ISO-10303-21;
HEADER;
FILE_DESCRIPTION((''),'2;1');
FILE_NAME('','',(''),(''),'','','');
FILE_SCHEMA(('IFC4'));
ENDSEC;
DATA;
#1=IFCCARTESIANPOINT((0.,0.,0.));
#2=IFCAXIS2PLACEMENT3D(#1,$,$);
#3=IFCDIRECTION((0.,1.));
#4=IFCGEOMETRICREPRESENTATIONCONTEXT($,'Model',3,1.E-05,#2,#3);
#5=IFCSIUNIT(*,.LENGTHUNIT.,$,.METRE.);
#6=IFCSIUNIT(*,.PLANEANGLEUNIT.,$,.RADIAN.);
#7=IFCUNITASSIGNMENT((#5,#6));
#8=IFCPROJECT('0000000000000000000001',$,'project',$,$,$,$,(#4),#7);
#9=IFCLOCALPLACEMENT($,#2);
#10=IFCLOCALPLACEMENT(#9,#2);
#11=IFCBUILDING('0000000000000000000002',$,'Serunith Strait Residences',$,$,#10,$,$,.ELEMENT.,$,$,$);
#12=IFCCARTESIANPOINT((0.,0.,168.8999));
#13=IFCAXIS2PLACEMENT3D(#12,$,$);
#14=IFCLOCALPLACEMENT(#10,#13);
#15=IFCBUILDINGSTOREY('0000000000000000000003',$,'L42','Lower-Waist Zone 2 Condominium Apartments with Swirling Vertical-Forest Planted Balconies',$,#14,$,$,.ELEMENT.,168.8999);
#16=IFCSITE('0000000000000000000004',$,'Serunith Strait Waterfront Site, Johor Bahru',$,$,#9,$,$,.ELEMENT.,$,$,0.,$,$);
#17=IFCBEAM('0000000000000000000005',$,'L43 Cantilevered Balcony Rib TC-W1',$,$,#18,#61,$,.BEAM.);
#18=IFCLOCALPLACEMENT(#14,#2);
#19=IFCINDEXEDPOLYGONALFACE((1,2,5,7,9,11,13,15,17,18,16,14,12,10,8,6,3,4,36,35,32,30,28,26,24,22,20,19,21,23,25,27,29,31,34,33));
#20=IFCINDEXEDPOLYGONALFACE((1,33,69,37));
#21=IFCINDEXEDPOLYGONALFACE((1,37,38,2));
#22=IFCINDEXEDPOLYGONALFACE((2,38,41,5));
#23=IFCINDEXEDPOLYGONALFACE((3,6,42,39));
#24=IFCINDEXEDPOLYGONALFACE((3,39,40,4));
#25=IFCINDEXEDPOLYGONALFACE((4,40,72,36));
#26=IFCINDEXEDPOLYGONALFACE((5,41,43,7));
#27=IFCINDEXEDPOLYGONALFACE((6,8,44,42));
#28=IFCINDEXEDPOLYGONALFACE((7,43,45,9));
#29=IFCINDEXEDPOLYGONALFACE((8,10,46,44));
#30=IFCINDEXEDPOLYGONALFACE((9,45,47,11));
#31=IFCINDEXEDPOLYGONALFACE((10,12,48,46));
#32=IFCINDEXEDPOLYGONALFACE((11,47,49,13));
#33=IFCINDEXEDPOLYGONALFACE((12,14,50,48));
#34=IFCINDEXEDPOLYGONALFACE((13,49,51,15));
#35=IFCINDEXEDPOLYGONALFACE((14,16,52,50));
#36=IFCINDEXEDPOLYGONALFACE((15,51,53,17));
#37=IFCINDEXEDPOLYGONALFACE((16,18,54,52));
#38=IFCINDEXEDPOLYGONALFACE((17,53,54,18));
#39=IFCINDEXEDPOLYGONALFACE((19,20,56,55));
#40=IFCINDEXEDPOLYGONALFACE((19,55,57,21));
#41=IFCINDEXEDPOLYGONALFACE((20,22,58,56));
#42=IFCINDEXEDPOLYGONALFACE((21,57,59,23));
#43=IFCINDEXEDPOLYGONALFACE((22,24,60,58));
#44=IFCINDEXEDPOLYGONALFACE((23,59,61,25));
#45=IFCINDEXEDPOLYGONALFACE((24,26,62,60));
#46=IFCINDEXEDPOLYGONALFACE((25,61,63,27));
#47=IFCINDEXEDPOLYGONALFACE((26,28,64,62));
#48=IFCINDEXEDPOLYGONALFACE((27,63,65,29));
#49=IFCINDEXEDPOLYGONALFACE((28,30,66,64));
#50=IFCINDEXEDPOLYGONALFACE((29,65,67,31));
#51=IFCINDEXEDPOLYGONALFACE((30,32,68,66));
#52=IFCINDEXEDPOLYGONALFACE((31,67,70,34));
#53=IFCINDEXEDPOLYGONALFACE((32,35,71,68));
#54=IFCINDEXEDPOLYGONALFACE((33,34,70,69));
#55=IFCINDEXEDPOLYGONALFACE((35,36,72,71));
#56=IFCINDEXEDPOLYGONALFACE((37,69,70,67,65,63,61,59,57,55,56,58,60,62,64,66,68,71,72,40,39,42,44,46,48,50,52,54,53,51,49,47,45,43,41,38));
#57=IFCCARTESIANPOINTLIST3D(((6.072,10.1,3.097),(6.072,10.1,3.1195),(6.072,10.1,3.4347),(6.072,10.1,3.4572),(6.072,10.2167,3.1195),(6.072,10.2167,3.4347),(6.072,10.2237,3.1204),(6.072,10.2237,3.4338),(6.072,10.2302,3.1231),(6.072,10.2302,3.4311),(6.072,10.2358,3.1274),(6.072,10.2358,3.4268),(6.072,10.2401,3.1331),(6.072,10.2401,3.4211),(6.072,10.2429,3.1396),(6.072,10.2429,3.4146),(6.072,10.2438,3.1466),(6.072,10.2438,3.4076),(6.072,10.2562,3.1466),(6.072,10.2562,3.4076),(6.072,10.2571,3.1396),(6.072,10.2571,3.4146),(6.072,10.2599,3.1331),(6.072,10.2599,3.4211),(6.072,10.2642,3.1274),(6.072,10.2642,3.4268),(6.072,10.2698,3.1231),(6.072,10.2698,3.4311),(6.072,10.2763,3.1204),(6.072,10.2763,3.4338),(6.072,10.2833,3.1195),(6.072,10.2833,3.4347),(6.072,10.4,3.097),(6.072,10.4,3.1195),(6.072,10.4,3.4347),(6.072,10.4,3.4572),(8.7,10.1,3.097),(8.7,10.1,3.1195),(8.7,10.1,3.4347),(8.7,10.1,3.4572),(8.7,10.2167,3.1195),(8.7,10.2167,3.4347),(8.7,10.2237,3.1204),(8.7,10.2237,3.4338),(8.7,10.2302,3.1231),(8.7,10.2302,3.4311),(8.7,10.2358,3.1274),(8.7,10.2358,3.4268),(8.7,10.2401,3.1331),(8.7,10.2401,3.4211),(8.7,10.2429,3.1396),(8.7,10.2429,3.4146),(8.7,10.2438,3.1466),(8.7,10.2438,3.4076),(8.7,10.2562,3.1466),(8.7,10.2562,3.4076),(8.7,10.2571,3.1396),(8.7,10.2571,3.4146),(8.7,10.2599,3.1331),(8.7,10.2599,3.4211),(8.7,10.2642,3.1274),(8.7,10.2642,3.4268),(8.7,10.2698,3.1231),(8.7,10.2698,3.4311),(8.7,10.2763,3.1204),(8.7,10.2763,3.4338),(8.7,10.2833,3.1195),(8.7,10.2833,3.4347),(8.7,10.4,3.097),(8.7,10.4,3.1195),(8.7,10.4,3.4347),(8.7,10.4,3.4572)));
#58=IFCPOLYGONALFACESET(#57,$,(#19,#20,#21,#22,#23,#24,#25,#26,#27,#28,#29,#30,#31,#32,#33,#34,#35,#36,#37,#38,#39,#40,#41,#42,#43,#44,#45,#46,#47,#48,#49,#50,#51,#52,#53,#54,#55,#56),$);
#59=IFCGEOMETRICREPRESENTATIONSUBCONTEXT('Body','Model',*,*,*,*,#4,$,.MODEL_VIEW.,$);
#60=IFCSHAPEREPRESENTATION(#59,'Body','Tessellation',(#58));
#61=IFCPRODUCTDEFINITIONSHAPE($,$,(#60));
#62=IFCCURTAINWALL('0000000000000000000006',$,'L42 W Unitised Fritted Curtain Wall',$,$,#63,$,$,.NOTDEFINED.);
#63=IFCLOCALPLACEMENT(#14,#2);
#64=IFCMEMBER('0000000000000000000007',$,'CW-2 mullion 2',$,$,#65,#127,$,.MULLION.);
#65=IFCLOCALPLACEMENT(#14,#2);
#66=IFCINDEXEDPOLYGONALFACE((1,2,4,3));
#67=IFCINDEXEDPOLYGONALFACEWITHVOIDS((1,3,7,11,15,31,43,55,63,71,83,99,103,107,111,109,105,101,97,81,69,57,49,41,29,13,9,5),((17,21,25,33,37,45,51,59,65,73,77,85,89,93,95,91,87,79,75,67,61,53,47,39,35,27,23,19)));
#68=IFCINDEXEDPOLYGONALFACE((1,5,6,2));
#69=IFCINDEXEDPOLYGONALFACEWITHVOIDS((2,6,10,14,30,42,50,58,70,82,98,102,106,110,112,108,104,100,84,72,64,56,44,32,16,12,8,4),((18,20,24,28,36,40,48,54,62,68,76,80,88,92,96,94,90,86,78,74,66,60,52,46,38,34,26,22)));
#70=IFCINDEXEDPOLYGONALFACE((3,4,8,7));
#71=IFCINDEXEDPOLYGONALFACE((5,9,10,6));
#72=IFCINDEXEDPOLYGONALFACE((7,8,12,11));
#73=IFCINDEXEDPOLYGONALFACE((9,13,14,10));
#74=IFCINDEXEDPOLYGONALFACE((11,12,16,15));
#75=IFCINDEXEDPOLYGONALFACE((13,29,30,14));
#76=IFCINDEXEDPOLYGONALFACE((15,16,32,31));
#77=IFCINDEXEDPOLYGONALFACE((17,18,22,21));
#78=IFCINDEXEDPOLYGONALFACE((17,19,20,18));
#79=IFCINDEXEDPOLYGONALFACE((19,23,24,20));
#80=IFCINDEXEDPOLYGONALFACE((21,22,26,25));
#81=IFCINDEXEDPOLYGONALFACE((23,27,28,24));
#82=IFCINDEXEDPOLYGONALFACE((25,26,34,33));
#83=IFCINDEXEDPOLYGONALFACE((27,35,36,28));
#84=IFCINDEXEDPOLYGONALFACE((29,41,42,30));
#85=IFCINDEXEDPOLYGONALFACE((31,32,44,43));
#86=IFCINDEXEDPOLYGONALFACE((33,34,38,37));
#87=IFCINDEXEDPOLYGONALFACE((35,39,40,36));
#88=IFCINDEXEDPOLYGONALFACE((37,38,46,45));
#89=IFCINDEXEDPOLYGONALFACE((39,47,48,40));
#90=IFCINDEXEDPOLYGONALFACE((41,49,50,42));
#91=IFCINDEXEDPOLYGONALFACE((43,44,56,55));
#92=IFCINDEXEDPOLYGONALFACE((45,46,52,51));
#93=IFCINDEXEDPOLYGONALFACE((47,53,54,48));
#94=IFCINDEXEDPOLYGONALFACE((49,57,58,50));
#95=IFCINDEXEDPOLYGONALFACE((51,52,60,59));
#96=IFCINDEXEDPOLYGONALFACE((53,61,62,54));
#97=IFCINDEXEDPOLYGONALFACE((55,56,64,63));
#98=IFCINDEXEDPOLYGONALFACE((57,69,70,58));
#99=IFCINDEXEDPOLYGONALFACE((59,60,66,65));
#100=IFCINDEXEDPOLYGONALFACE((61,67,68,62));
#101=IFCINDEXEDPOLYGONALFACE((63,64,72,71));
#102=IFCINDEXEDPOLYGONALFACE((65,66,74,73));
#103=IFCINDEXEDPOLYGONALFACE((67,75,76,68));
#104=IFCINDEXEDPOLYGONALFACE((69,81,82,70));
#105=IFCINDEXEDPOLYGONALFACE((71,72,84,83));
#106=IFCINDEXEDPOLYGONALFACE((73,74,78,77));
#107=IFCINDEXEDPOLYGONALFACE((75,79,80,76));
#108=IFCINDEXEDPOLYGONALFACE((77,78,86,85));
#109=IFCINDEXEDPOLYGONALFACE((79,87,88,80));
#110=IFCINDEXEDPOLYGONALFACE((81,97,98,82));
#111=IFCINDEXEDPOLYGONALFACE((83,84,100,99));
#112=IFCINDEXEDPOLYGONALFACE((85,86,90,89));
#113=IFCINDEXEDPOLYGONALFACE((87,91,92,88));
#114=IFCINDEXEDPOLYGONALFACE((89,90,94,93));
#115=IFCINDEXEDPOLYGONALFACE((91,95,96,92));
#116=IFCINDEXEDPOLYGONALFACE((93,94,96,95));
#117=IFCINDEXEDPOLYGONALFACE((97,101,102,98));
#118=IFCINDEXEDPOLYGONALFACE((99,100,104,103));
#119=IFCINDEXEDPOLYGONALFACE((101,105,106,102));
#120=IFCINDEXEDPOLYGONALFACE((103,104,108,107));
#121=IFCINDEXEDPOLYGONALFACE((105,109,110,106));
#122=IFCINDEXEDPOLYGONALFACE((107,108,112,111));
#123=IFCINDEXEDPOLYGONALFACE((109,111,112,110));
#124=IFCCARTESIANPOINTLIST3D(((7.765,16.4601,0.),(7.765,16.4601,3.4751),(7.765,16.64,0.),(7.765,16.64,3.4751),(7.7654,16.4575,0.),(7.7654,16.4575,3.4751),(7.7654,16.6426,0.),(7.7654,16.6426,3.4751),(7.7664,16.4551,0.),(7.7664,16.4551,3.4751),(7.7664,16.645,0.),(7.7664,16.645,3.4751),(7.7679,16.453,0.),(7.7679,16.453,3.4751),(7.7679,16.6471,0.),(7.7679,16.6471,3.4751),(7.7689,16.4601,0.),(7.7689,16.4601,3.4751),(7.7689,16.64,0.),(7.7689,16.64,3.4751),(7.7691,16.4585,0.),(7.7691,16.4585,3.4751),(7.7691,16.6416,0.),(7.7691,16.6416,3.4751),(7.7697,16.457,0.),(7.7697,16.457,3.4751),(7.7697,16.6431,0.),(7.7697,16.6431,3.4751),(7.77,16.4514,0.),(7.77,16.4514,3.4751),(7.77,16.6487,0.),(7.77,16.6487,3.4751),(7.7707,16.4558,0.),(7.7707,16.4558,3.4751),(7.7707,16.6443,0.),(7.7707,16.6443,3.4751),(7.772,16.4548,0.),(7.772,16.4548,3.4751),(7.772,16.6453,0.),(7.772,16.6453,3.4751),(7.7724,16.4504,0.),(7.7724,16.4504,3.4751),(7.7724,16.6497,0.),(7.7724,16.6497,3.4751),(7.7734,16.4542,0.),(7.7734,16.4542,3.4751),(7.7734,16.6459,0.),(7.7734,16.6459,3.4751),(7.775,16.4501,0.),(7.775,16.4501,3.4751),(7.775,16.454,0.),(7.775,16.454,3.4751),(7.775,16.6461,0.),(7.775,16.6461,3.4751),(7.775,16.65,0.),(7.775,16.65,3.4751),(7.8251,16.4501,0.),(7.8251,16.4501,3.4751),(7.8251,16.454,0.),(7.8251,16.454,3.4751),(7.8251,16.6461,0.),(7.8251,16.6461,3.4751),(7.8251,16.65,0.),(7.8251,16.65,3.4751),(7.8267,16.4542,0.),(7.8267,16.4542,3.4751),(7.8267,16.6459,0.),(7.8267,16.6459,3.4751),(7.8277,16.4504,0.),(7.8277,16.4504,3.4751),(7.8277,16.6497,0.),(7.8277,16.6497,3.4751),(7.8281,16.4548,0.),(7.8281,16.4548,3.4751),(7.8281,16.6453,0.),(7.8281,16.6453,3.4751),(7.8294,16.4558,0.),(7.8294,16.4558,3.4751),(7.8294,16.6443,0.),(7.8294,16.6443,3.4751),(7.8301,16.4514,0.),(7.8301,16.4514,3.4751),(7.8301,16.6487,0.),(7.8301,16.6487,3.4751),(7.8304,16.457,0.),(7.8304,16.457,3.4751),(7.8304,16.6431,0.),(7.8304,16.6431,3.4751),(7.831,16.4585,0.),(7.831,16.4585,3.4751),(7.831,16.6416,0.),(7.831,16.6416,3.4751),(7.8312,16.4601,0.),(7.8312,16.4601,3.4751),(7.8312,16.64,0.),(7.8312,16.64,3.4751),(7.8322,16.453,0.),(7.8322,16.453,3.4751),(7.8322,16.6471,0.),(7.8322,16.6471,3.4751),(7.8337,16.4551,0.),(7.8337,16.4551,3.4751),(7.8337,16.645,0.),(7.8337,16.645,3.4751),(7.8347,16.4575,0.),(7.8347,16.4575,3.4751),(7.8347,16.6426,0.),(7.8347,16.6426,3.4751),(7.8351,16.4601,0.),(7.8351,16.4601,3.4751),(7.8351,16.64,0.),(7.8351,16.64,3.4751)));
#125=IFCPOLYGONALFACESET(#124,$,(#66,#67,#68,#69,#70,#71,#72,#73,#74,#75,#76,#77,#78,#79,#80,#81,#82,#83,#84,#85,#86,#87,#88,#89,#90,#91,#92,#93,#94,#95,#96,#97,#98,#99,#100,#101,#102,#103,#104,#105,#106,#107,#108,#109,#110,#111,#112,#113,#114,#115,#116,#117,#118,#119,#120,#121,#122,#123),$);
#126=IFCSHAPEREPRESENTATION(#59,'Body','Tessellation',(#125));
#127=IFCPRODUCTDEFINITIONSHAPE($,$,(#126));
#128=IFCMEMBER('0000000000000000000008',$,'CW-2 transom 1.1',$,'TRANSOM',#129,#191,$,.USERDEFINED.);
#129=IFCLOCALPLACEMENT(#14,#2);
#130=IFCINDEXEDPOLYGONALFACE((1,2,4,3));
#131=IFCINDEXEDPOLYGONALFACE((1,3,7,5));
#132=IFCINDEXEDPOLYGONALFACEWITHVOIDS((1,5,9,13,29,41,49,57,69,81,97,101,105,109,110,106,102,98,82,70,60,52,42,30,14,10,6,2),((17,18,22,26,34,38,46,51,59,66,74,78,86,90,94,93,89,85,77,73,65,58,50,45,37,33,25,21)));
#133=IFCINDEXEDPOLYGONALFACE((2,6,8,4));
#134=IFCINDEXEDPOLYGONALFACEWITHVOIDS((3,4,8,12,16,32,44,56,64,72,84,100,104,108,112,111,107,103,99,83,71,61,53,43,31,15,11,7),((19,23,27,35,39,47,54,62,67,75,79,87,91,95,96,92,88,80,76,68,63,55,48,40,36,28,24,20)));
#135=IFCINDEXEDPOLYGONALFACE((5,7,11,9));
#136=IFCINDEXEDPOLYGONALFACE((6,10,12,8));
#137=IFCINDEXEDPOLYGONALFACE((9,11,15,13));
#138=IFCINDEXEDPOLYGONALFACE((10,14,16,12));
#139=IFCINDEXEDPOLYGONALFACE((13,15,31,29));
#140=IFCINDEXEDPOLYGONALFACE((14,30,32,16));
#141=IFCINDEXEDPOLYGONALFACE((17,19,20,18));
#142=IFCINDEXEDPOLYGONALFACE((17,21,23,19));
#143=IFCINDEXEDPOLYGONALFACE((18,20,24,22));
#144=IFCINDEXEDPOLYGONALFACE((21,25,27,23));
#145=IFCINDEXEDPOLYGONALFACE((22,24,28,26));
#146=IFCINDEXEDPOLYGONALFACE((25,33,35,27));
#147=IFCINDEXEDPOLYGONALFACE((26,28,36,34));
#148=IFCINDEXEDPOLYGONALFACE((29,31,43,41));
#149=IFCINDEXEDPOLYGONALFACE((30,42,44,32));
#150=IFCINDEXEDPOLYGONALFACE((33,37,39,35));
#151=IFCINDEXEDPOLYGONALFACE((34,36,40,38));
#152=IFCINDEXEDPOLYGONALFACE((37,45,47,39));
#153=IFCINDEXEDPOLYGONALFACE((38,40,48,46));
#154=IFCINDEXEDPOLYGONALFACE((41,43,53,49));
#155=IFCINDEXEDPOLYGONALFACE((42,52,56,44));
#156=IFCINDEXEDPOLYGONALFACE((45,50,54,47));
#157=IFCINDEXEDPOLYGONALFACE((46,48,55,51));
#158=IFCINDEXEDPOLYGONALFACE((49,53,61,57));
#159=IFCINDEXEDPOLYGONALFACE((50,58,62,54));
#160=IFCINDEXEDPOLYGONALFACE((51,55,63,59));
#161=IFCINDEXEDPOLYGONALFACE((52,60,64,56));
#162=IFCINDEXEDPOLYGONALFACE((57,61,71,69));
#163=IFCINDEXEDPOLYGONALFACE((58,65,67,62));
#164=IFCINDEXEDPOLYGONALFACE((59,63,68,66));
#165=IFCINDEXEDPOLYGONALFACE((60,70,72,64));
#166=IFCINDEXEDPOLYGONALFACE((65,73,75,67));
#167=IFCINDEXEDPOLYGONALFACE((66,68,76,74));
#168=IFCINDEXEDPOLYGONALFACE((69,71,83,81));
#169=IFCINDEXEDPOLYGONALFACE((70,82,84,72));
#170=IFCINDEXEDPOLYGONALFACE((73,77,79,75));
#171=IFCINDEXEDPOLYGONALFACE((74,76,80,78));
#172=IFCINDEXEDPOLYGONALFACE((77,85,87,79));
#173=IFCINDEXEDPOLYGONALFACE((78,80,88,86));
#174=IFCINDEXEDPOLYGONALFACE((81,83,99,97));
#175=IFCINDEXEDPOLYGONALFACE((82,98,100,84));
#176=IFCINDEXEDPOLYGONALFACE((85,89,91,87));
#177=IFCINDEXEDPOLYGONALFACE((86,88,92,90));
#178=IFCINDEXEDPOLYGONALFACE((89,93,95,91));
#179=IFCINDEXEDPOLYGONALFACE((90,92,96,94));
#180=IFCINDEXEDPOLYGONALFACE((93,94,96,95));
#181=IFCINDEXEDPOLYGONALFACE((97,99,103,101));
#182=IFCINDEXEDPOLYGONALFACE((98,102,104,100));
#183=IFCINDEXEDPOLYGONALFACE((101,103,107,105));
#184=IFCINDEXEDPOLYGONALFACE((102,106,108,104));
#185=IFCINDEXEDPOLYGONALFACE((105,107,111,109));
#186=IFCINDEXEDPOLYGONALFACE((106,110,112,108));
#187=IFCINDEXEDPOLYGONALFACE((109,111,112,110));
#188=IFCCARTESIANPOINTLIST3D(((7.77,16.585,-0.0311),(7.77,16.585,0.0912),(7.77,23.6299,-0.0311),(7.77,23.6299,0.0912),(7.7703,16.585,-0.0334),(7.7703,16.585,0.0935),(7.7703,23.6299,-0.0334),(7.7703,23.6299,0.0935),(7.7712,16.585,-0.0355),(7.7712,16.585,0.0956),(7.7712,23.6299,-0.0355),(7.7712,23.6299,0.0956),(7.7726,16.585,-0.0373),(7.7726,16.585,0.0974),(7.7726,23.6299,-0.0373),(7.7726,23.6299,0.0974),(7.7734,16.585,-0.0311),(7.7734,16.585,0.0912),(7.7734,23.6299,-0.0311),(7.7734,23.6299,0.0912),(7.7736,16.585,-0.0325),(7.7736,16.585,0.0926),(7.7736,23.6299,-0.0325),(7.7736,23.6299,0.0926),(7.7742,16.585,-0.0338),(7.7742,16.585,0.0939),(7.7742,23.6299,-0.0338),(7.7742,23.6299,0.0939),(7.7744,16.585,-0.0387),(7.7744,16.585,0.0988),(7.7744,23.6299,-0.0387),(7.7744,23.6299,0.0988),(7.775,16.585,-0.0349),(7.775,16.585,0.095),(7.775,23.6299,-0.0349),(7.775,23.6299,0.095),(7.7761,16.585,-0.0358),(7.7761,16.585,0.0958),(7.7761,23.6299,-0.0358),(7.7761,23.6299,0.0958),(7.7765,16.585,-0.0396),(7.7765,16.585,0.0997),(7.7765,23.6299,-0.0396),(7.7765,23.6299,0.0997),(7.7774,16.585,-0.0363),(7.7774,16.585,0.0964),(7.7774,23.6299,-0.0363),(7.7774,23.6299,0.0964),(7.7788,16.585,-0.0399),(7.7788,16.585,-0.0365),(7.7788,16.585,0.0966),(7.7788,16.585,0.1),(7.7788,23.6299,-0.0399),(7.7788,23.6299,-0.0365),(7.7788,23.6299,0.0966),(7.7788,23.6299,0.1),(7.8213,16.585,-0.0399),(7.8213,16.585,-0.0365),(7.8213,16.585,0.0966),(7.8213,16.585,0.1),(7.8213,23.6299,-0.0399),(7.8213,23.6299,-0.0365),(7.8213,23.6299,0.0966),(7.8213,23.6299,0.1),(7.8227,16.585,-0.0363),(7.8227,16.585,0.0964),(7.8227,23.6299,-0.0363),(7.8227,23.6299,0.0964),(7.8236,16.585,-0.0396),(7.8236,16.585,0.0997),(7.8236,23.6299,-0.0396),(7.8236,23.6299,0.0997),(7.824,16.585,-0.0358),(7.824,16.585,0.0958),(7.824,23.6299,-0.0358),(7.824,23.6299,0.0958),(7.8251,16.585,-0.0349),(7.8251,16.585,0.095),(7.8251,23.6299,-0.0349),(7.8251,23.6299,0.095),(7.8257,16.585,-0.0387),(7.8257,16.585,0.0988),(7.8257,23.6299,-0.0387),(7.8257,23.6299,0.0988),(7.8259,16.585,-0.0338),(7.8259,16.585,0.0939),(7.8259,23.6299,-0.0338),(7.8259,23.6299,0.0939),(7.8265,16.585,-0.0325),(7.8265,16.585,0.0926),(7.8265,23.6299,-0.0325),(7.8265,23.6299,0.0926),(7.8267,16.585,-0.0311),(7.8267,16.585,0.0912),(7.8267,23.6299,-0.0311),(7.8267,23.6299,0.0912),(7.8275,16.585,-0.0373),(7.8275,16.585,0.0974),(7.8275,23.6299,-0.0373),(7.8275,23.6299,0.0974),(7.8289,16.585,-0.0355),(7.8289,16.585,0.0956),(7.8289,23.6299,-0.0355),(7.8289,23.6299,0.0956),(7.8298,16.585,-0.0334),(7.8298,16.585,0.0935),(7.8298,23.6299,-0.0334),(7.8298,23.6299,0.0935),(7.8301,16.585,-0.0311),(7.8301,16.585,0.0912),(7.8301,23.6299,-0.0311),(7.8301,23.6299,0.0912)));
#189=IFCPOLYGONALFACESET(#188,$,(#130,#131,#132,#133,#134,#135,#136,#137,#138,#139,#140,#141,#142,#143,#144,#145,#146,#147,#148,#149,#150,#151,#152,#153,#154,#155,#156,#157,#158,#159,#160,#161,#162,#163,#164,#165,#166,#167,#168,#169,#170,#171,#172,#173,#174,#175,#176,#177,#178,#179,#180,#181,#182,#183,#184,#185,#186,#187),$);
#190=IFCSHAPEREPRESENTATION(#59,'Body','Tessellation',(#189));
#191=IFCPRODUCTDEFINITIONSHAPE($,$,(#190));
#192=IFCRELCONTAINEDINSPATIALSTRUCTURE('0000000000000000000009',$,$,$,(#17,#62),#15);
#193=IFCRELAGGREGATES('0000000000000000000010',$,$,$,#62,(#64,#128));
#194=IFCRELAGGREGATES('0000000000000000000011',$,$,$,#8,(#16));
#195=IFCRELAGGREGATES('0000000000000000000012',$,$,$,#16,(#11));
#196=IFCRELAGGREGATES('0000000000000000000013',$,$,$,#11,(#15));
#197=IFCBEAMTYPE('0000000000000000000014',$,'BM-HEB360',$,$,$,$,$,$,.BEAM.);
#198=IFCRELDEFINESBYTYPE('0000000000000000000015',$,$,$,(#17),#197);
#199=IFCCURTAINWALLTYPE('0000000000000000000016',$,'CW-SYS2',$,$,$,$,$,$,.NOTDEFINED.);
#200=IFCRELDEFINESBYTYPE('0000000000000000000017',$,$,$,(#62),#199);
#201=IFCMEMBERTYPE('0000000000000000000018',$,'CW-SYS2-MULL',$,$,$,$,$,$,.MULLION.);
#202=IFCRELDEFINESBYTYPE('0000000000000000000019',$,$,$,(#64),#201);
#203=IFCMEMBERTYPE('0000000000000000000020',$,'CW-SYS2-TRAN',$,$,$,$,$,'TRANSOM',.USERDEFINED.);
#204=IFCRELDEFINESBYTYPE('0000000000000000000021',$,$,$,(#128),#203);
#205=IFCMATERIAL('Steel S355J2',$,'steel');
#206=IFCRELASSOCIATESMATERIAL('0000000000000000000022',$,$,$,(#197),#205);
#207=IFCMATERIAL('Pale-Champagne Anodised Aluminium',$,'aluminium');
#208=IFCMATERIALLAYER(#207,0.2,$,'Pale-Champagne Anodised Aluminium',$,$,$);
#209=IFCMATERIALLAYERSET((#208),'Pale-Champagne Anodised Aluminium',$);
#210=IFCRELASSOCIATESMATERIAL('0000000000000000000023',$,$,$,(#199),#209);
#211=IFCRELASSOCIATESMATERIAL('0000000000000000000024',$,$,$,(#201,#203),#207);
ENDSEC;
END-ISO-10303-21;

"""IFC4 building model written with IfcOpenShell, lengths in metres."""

from ifc_helpers import new_model, si_unit, direction, frame, origin, origin_2d, place, context, subcontext, project, spatial, hollow_rectangle, i_section, extrude, source, transform, mapped, material, layer, layer_set, material_profile, profile_set, type_object, element, aggregate, save


model = new_model("IFC4")

# Units and contexts
model_context = context("Model", 3, precision=1e-05, world=origin(), true_north=direction((0.0, 1.0)))
body_context = subcontext(model_context, "Body", "Model", "MODEL_VIEW")
ifc_project = project(units=[si_unit("LENGTHUNIT", "METRE"), si_unit("PLANEANGLEUNIT", "RADIAN")], contexts=[model_context])

# Site, building, storey
site_placement = place(None, origin())
site = spatial("IfcSite", under=ifc_project, at=site_placement, Name="Serunith Strait Waterfront Site, Johor Bahru", CompositionType="ELEMENT", RefElevation=0.0)
building_placement = place(site_placement, origin())
building = spatial("IfcBuilding", under=site, at=building_placement, Name="Serunith Strait Residences", CompositionType="ELEMENT")
storey_placement = place(building_placement, frame((0.0, 0.0, 168.8999)))
storey = spatial("IfcBuildingStorey", under=building, at=storey_placement, Name="L42", Description="Lower-Waist Zone 2 Condominium Apartments with Swirling Vertical-Forest Planted Balconies", CompositionType="ELEMENT", Elevation=168.8999)

# Beam
ifc_material_1 = material(Name="Steel S355J2", Category="steel")
ifc_material_profile_1 = material_profile(ifc_material_1, i_section(OverallWidth=0.3, OverallDepth=0.3601, WebThickness=0.0125, FlangeThickness=0.0225, FilletRadius=0.0271, at=origin_2d()), Name="HEB 360")
ifc_profile_set_1 = profile_set([ifc_material_profile_1], Name="Steel S355J2")
beam_type_1 = type_object("IfcBeamType", Name="BM-HEB360", PredefinedType="BEAM", material=ifc_profile_set_1)
shared_shape_1 = source(origin(), body_context, "Body", "SweptSolid", [
    extrude(i_section(OverallWidth=0.3, OverallDepth=0.3601, WebThickness=0.0125, FlangeThickness=0.0225, FilletRadius=0.0271, at=origin_2d()), origin(), (0.0, 0.0, 1.0), 2.6279),
])
beam_1_placement = place(storey_placement, frame((8.7, 10.25, 3.2771), z_axis=(-1.0, 0.0, 0.0), x_axis=(0.0, -1.0, 0.0)))
element("IfcBeam", 1, at=beam_1_placement, inside=storey, type_object=beam_type_1, Name="L43 Cantilevered Balcony Rib TC-W1", PredefinedType="BEAM", context=body_context, shape_type="MappedRepresentation", body=[
    mapped(shared_shape_1, transform((0.0, 0.0, 0.0), scale=1.0)),
])

# Curtain wall, members
ifc_material_2 = material(Name="Pale-Champagne Anodised Aluminium", Category="aluminium")
ifc_layer_1 = layer(ifc_material_2, 0.2, Name="Pale-Champagne Anodised Aluminium")
ifc_layer_set_1 = layer_set([ifc_layer_1], Name="Pale-Champagne Anodised Aluminium")
curtain_wall_type = type_object("IfcCurtainWallType", Name="CW-SYS2", PredefinedType="NOTDEFINED", material=ifc_layer_set_1)
curtain_wall_placement = place(storey_placement, origin())
curtain_wall = element("IfcCurtainWall", 2, at=curtain_wall_placement, inside=storey, type_object=curtain_wall_type, Name="L42 W Unitised Fritted Curtain Wall", PredefinedType="NOTDEFINED")
ifc_material_profile_2 = material_profile(ifc_material_2, hollow_rectangle(XDim=0.0701, YDim=0.2, WallThickness=0.0039, InnerFilletRadius=0.0061, OuterFilletRadius=0.01, at=origin_2d()), Name="ALU 200x70x4")
ifc_profile_set_2 = profile_set([ifc_material_profile_2], Name="Pale-Champagne Anodised Aluminium")
member_type_1 = type_object("IfcMemberType", Name="CW-SYS2-MULL", PredefinedType="MULLION", material=ifc_profile_set_2)
shared_shape_2 = source(origin(), body_context, "Body", "SweptSolid", [
    extrude(hollow_rectangle(XDim=0.0701, YDim=0.2, WallThickness=0.0039, InnerFilletRadius=0.0061, OuterFilletRadius=0.01, at=origin_2d()), origin(), (0.0, 0.0, 1.0), 3.4751),
])
member_1_placement = place(storey_placement, frame((7.8, 16.55, 0.0), z_axis=(0.0, 0.0, 1.0), x_axis=(1.0, 0.0, 0.0)))
member_1 = element("IfcMember", 3, at=member_1_placement, type_object=member_type_1, Name="CW-2 mullion 2", PredefinedType="MULLION", context=body_context, shape_type="MappedRepresentation", body=[
    mapped(shared_shape_2, transform((0.0, 0.0, 0.0), scale=1.0)),
])
ifc_material_profile_3 = material_profile(ifc_material_2, hollow_rectangle(XDim=0.0601, YDim=0.1399, WallThickness=0.0034, InnerFilletRadius=0.0054, OuterFilletRadius=0.0088, at=origin_2d()), Name="ALU 140x60x3.5")
ifc_profile_set_3 = profile_set([ifc_material_profile_3], Name="Pale-Champagne Anodised Aluminium")
member_type_2 = type_object("IfcMemberType", Name="CW-SYS2-TRAN", ElementType="TRANSOM", PredefinedType="USERDEFINED", material=ifc_profile_set_3)
shared_shape_3 = source(origin(), body_context, "Body", "SweptSolid", [
    extrude(hollow_rectangle(XDim=0.0601, YDim=0.1399, WallThickness=0.0034, InnerFilletRadius=0.0054, OuterFilletRadius=0.0088, at=origin_2d()), origin(), (0.0, 0.0, 1.0), 7.0449),
])
member_2_placement = place(storey_placement, frame((7.8, 23.6299, 0.03), z_axis=(0.0, -1.0, 0.0), x_axis=(1.0, 0.0, 0.0)))
member_2 = element("IfcMember", 4, at=member_2_placement, type_object=member_type_2, Name="CW-2 transom 1.1", ObjectType="TRANSOM", PredefinedType="USERDEFINED", context=body_context, shape_type="MappedRepresentation", body=[
    mapped(shared_shape_3, transform((0.0, 0.0, 0.0), scale=1.0)),
])
aggregate(curtain_wall, [member_1, member_2])

save(model, "model.ifc")
